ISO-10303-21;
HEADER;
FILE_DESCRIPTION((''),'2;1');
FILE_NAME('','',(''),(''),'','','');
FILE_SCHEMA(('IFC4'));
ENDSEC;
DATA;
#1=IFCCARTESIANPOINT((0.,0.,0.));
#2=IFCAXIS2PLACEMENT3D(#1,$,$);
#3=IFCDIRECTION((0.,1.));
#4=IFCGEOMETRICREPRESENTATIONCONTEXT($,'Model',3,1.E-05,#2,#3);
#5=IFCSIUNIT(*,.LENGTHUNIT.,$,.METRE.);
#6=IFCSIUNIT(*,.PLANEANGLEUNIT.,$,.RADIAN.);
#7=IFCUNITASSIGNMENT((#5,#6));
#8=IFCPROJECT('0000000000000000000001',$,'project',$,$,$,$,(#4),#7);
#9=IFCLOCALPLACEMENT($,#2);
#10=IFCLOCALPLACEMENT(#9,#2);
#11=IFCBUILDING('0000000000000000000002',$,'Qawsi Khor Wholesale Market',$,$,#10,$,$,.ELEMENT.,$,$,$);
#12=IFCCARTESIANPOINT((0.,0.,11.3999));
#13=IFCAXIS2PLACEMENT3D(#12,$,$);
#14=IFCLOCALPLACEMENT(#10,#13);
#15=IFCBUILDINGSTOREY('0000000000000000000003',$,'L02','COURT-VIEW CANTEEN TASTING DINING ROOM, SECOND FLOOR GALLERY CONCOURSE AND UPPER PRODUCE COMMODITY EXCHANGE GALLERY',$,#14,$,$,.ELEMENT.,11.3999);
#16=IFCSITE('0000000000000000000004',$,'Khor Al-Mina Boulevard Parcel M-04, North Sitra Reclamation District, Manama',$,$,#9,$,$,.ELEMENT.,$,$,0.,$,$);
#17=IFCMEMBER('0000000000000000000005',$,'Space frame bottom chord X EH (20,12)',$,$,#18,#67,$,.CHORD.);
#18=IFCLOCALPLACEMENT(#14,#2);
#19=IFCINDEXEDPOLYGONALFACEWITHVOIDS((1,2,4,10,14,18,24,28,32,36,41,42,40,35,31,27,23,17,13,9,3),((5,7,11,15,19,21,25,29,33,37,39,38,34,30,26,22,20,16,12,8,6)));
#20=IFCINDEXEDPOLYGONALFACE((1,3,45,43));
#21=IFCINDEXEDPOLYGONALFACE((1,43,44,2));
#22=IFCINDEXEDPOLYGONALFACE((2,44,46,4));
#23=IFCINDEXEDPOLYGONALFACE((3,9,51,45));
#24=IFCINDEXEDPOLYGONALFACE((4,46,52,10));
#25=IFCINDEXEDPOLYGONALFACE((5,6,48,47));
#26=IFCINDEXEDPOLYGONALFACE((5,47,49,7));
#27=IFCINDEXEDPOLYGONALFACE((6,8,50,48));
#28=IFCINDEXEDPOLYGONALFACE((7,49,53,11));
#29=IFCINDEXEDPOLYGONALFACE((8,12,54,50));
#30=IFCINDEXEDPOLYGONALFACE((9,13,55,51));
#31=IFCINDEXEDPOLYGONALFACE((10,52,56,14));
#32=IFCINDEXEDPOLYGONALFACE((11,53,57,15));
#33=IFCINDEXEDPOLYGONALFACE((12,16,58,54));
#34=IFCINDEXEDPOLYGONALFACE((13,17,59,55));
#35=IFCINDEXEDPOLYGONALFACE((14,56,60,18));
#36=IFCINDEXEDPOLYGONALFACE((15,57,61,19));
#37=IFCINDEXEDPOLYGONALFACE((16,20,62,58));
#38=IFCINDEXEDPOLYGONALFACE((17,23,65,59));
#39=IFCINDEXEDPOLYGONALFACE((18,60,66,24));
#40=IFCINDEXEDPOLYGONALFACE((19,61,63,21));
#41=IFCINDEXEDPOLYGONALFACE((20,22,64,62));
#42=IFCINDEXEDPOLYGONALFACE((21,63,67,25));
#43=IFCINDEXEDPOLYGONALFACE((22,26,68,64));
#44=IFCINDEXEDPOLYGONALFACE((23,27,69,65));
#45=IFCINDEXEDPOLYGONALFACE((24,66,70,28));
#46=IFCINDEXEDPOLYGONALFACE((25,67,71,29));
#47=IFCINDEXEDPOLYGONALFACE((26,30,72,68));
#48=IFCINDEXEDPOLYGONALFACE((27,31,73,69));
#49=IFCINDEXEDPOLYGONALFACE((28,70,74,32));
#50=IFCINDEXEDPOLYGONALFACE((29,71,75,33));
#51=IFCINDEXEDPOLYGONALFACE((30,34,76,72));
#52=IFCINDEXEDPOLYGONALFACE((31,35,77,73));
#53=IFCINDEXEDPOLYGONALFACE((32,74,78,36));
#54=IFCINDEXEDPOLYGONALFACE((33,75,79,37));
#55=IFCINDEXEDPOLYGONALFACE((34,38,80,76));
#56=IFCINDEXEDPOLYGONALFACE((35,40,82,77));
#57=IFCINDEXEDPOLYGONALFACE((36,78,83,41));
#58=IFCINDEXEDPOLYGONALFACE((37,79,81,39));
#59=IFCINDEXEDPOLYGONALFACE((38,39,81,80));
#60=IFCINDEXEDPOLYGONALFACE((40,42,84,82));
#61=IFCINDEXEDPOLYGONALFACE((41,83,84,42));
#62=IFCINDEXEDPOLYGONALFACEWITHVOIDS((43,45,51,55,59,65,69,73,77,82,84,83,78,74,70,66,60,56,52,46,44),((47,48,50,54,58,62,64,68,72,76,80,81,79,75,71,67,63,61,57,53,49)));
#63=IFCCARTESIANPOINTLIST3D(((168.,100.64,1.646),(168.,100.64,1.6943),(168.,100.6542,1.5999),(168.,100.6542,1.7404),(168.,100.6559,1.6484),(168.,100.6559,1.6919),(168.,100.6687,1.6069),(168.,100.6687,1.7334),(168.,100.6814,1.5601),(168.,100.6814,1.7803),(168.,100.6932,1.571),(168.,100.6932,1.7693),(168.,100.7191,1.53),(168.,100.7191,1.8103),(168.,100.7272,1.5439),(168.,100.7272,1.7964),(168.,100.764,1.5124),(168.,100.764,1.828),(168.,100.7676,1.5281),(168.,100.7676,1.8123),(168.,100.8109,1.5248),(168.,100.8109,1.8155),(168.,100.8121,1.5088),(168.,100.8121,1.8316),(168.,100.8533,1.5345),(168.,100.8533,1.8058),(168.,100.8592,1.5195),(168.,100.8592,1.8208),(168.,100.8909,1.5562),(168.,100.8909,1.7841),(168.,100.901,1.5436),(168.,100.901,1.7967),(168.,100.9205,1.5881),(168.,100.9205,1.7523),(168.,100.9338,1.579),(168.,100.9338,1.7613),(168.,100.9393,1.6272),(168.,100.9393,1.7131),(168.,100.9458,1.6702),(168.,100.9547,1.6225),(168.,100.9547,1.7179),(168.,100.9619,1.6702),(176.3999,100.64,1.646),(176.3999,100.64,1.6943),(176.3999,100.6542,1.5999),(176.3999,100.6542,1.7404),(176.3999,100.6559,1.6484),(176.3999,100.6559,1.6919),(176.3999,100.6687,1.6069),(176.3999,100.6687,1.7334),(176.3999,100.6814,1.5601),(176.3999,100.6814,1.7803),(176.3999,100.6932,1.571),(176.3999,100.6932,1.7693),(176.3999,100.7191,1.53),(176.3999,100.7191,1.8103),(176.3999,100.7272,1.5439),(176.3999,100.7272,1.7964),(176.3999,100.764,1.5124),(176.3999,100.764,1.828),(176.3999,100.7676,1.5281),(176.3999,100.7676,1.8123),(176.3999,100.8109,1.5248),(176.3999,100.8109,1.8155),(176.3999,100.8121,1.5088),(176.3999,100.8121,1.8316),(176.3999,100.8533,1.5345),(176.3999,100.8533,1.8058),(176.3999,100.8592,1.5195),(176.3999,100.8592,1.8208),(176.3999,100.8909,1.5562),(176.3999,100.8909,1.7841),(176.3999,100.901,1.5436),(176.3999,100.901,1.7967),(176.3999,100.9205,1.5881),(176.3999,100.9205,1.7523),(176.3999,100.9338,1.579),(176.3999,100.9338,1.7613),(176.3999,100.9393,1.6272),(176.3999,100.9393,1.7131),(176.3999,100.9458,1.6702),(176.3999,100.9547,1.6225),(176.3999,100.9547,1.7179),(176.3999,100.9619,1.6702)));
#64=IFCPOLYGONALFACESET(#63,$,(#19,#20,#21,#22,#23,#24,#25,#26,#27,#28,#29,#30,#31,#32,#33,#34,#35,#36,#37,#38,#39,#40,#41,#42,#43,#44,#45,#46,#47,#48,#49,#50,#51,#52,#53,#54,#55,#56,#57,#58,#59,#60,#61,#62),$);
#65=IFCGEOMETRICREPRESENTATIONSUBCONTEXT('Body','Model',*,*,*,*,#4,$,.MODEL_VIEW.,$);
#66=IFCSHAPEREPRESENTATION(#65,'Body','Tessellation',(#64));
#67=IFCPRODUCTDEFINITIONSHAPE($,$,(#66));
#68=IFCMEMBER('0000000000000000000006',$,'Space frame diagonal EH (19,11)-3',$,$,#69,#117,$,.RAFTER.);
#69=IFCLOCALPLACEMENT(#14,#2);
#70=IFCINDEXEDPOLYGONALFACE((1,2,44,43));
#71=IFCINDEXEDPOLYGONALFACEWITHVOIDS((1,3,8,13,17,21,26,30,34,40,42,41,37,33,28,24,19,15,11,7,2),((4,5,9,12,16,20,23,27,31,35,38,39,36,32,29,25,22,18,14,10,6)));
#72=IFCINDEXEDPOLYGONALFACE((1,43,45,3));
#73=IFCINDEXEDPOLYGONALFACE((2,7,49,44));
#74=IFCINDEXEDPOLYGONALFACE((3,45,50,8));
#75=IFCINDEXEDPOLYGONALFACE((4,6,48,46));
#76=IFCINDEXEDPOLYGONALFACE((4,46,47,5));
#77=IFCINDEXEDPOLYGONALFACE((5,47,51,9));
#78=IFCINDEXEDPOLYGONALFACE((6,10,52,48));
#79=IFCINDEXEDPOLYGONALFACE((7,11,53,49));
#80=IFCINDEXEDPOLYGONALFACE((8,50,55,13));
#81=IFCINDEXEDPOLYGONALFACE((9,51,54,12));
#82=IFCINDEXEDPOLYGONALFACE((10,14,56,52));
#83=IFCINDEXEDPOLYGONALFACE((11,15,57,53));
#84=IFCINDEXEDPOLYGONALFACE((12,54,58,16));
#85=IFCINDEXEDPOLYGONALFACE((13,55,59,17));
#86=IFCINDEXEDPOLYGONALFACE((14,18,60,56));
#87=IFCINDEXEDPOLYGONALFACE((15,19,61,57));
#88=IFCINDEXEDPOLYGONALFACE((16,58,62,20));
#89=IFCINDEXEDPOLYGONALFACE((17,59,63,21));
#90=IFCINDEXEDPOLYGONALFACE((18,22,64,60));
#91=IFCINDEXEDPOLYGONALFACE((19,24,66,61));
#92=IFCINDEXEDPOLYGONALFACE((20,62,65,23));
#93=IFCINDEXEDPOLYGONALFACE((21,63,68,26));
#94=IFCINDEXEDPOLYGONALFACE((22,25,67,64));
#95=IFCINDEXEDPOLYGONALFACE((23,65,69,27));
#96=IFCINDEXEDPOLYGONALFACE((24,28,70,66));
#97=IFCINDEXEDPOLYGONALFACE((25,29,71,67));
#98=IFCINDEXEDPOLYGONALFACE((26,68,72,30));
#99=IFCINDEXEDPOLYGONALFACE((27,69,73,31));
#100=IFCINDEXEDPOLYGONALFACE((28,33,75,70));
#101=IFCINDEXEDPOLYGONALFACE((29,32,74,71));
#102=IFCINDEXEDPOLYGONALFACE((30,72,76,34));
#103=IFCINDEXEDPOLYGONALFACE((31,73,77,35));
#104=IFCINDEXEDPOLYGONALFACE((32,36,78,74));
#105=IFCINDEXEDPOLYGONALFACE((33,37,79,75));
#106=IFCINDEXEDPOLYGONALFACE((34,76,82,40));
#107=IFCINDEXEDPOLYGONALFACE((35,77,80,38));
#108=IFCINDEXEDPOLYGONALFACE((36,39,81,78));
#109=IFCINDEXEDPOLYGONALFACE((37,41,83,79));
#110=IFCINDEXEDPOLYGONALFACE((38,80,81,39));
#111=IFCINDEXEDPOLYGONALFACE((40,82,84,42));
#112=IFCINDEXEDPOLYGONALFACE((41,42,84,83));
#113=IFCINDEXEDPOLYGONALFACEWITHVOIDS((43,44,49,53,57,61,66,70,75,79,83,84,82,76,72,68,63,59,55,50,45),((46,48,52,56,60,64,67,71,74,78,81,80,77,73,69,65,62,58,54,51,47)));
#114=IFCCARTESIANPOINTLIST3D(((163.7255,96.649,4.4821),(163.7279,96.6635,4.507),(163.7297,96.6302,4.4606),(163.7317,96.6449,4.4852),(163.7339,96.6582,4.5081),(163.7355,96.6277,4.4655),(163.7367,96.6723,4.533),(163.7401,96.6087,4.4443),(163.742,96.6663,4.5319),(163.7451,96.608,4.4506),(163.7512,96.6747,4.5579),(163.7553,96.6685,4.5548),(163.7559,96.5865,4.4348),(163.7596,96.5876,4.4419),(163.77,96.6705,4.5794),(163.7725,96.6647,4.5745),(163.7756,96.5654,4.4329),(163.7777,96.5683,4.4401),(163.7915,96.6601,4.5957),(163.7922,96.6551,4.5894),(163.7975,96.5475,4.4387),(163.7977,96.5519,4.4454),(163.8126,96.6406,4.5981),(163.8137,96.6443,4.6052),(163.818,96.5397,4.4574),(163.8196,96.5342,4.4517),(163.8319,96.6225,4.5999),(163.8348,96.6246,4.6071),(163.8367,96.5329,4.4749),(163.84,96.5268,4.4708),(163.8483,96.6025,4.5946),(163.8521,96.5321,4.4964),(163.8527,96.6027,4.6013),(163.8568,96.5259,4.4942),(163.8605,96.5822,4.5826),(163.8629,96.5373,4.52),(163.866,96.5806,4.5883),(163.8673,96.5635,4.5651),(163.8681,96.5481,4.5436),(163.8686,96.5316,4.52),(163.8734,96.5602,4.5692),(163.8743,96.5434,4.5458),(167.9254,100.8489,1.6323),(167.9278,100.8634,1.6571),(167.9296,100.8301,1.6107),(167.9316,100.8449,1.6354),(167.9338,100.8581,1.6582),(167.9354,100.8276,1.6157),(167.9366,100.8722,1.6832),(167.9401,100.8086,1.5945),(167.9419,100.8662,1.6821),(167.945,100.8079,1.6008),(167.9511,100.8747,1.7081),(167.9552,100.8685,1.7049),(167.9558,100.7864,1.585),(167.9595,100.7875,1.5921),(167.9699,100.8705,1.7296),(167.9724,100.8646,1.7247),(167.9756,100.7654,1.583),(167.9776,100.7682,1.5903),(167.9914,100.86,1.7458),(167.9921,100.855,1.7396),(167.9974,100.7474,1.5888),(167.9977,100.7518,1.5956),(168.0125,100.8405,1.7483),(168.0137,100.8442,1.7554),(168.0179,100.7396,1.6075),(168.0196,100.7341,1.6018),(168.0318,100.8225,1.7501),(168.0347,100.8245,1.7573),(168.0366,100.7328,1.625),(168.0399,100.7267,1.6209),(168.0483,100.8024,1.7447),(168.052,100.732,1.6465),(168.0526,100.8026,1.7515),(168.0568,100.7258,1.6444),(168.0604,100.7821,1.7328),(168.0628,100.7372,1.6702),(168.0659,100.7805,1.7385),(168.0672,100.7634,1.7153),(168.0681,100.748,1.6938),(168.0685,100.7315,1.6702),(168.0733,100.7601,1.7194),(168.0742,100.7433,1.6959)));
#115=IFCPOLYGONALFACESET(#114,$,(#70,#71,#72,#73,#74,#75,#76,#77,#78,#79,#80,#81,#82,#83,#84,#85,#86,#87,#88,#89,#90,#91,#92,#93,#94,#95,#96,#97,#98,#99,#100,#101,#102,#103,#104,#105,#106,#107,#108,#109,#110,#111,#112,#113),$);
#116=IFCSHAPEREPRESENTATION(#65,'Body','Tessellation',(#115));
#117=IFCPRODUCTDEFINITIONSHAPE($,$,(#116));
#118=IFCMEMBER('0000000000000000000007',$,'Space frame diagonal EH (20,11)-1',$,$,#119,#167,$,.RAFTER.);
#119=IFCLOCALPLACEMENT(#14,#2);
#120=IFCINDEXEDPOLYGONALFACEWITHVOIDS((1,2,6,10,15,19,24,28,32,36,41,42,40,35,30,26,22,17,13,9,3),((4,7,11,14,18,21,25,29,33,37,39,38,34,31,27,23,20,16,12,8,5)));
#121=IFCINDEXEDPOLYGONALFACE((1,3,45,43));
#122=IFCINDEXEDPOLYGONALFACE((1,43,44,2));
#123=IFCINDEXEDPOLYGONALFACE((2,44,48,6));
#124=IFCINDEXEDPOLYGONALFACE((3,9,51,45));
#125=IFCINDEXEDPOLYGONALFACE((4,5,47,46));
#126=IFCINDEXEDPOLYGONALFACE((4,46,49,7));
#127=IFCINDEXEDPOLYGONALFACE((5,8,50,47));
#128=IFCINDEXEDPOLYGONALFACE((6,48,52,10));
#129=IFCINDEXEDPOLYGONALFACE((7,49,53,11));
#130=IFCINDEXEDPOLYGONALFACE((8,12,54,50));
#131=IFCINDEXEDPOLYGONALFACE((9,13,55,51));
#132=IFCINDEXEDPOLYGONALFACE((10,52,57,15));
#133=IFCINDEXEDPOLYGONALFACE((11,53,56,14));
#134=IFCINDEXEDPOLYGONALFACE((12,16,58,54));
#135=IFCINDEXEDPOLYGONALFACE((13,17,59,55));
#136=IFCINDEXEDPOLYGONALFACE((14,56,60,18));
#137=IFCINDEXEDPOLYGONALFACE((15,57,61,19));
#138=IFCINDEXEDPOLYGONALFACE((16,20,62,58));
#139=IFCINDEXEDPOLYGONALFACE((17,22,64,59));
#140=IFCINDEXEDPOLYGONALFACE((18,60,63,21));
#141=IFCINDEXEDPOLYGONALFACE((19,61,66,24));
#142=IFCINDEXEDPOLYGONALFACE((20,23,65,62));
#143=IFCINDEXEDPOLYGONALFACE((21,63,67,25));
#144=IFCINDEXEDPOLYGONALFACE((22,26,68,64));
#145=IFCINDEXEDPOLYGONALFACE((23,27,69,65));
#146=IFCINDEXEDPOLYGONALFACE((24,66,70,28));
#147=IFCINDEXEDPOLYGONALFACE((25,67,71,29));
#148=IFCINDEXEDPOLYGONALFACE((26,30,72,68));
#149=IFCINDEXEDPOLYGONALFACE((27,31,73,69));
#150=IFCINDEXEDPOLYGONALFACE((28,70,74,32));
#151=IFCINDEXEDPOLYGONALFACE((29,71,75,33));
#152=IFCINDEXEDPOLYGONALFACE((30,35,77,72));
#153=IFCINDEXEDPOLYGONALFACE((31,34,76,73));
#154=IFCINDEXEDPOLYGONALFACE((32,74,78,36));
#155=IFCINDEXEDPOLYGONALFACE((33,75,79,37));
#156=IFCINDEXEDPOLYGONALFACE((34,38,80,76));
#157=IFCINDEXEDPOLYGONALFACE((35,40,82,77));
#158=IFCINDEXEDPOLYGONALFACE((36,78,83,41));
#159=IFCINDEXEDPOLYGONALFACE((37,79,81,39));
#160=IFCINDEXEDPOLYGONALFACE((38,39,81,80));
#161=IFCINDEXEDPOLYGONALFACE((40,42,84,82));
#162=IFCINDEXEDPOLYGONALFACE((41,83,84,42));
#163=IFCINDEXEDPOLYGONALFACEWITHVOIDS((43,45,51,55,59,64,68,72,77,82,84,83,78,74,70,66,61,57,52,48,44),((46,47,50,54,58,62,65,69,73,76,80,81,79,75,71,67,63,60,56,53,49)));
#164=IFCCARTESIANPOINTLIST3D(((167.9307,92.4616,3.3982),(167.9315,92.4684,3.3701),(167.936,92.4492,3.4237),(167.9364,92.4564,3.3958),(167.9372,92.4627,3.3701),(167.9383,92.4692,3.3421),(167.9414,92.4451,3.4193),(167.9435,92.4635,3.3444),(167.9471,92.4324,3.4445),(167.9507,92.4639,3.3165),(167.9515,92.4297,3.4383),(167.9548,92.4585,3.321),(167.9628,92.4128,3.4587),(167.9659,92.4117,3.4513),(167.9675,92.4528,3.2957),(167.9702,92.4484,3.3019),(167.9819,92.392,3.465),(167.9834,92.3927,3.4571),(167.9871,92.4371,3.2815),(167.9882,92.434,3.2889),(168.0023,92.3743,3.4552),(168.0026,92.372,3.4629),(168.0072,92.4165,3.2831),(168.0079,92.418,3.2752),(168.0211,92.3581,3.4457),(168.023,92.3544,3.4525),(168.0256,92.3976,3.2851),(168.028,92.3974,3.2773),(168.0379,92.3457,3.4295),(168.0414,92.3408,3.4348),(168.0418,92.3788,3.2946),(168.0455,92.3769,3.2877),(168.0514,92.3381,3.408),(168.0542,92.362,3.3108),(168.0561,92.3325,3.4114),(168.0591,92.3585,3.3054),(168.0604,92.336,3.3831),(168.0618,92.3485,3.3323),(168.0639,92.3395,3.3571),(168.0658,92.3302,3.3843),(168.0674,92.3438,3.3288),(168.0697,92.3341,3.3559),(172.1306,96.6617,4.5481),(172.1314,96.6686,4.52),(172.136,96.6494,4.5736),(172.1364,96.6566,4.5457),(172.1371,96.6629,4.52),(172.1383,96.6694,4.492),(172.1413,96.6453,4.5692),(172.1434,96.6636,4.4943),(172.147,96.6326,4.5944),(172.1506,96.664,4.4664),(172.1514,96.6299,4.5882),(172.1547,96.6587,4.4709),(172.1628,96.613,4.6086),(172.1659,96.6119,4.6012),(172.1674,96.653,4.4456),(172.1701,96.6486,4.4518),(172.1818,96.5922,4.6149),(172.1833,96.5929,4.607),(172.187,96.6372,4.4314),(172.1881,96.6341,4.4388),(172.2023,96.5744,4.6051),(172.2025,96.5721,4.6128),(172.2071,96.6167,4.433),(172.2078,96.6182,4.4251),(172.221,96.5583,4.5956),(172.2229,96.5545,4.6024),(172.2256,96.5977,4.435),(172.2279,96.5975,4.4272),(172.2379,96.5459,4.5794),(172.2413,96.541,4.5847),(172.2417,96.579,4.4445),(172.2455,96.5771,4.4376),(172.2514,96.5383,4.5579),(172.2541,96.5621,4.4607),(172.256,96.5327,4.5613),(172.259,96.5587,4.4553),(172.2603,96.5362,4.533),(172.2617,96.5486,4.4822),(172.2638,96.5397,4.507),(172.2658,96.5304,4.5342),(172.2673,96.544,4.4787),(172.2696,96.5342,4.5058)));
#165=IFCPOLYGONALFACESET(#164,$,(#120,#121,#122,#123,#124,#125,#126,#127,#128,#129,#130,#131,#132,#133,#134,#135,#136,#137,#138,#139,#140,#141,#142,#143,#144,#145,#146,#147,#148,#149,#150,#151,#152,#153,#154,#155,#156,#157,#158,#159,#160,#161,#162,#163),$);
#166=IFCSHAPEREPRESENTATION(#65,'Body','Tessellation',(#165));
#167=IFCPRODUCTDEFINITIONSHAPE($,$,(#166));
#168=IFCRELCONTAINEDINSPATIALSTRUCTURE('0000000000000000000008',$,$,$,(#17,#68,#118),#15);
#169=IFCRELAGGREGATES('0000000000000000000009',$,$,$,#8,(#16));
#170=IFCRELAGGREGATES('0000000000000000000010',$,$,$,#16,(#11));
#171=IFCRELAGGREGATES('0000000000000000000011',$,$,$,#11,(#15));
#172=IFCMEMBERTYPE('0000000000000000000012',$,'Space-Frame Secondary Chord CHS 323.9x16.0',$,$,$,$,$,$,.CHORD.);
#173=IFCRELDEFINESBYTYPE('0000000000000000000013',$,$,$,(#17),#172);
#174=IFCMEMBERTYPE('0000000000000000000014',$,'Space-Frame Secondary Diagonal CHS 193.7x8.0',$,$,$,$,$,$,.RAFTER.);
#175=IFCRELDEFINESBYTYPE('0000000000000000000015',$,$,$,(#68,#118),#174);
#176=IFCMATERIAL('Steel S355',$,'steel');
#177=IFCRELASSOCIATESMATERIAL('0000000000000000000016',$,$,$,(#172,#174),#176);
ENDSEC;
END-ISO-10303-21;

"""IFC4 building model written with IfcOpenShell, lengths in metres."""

from ifc_helpers import new_model, si_unit, direction, frame, origin, origin_2d, place, context, subcontext, project, spatial, hollow_circle, extrude, material, material_profile, profile_set, type_object, element, save


model = new_model("IFC4")

# Units and contexts
model_context = context("Model", 3, precision=1e-05, world=origin(), true_north=direction((0.0, 1.0)))
body_context = subcontext(model_context, "Body", "Model", "MODEL_VIEW")
ifc_project = project(units=[si_unit("LENGTHUNIT", "METRE"), si_unit("PLANEANGLEUNIT", "RADIAN")], contexts=[model_context])

# Site, building, storey
site_placement = place(None, origin())
site = spatial("IfcSite", under=ifc_project, at=site_placement, Name="Khor Al-Mina Boulevard Parcel M-04, North Sitra Reclamation District, Manama", CompositionType="ELEMENT", RefElevation=0.0)
building_placement = place(site_placement, origin())
building = spatial("IfcBuilding", under=site, at=building_placement, Name="Qawsi Khor Wholesale Market", CompositionType="ELEMENT")
storey_placement = place(building_placement, frame((0.0, 0.0, 11.3999)))
storey = spatial("IfcBuildingStorey", under=building, at=storey_placement, Name="L02", Description="COURT-VIEW CANTEEN TASTING DINING ROOM, SECOND FLOOR GALLERY CONCOURSE AND UPPER PRODUCE COMMODITY EXCHANGE GALLERY", CompositionType="ELEMENT", Elevation=11.3999)

# Members
ifc_material_1 = material(Name="Steel S355", Category="steel")
ifc_material_profile_1 = material_profile(ifc_material_1, hollow_circle(Radius=0.1619, WallThickness=0.0161, at=origin_2d()), Name="CHS 323.9x16.0")
ifc_profile_set_1 = profile_set([ifc_material_profile_1], Name="Steel S355")
member_type_1 = type_object("IfcMemberType", Name="Space-Frame Secondary Chord CHS 323.9x16.0", PredefinedType="CHORD", material=ifc_profile_set_1)
member_1_placement = place(storey_placement, frame((168.0, 100.8, 1.6702), z_axis=(1.0, 0.0, 0.0), x_axis=(0.0, 1.0, 0.0)))
element("IfcMember", 1, at=member_1_placement, inside=storey, type_object=member_type_1, Name="Space frame bottom chord X EH (20,12)", PredefinedType="CHORD", context=body_context, shape_type="SweptSolid", body=[
    extrude(hollow_circle(Radius=0.1619, WallThickness=0.0161, at=origin_2d()), origin(), (0.0, 0.0, 1.0), 8.3999),
])
ifc_material_profile_2 = material_profile(ifc_material_1, hollow_circle(Radius=0.0969, WallThickness=0.0081, at=origin_2d()), Name="CHS 193.7x8.0")
ifc_profile_set_2 = profile_set([ifc_material_profile_2], Name="Steel S355")
member_type_2 = type_object("IfcMemberType", Name="Space-Frame Secondary Diagonal CHS 193.7x8.0", PredefinedType="RAFTER", material=ifc_profile_set_2)
member_2_placement = place(storey_placement, frame((168.0, 100.8, 1.6702), z_axis=(-0.637522, -0.637522, 0.432587), x_axis=(0.707107, -0.707107, 0.0)))
element("IfcMember", 2, at=member_2_placement, inside=storey, type_object=member_type_2, Name="Space frame diagonal EH (19,11)-3", PredefinedType="RAFTER", context=body_context, shape_type="SweptSolid", body=[
    extrude(hollow_circle(Radius=0.0969, WallThickness=0.0081, at=origin_2d()), origin(), (0.0, 0.0, 1.0), 6.5879),
])
member_3_placement = place(storey_placement, frame((168.0, 92.3999, 3.3701), z_axis=(0.694197, 0.694238, 0.190064), x_axis=(-0.707127, 0.707086, 0.0)))
element("IfcMember", 3, at=member_3_placement, inside=storey, type_object=member_type_2, Name="Space frame diagonal EH (20,11)-1", PredefinedType="RAFTER", context=body_context, shape_type="SweptSolid", body=[
    extrude(hollow_circle(Radius=0.0969, WallThickness=0.0081, at=origin_2d()), origin(), (0.0, 0.0, 1.0), 6.05),
])

save(model, "model.ifc")
